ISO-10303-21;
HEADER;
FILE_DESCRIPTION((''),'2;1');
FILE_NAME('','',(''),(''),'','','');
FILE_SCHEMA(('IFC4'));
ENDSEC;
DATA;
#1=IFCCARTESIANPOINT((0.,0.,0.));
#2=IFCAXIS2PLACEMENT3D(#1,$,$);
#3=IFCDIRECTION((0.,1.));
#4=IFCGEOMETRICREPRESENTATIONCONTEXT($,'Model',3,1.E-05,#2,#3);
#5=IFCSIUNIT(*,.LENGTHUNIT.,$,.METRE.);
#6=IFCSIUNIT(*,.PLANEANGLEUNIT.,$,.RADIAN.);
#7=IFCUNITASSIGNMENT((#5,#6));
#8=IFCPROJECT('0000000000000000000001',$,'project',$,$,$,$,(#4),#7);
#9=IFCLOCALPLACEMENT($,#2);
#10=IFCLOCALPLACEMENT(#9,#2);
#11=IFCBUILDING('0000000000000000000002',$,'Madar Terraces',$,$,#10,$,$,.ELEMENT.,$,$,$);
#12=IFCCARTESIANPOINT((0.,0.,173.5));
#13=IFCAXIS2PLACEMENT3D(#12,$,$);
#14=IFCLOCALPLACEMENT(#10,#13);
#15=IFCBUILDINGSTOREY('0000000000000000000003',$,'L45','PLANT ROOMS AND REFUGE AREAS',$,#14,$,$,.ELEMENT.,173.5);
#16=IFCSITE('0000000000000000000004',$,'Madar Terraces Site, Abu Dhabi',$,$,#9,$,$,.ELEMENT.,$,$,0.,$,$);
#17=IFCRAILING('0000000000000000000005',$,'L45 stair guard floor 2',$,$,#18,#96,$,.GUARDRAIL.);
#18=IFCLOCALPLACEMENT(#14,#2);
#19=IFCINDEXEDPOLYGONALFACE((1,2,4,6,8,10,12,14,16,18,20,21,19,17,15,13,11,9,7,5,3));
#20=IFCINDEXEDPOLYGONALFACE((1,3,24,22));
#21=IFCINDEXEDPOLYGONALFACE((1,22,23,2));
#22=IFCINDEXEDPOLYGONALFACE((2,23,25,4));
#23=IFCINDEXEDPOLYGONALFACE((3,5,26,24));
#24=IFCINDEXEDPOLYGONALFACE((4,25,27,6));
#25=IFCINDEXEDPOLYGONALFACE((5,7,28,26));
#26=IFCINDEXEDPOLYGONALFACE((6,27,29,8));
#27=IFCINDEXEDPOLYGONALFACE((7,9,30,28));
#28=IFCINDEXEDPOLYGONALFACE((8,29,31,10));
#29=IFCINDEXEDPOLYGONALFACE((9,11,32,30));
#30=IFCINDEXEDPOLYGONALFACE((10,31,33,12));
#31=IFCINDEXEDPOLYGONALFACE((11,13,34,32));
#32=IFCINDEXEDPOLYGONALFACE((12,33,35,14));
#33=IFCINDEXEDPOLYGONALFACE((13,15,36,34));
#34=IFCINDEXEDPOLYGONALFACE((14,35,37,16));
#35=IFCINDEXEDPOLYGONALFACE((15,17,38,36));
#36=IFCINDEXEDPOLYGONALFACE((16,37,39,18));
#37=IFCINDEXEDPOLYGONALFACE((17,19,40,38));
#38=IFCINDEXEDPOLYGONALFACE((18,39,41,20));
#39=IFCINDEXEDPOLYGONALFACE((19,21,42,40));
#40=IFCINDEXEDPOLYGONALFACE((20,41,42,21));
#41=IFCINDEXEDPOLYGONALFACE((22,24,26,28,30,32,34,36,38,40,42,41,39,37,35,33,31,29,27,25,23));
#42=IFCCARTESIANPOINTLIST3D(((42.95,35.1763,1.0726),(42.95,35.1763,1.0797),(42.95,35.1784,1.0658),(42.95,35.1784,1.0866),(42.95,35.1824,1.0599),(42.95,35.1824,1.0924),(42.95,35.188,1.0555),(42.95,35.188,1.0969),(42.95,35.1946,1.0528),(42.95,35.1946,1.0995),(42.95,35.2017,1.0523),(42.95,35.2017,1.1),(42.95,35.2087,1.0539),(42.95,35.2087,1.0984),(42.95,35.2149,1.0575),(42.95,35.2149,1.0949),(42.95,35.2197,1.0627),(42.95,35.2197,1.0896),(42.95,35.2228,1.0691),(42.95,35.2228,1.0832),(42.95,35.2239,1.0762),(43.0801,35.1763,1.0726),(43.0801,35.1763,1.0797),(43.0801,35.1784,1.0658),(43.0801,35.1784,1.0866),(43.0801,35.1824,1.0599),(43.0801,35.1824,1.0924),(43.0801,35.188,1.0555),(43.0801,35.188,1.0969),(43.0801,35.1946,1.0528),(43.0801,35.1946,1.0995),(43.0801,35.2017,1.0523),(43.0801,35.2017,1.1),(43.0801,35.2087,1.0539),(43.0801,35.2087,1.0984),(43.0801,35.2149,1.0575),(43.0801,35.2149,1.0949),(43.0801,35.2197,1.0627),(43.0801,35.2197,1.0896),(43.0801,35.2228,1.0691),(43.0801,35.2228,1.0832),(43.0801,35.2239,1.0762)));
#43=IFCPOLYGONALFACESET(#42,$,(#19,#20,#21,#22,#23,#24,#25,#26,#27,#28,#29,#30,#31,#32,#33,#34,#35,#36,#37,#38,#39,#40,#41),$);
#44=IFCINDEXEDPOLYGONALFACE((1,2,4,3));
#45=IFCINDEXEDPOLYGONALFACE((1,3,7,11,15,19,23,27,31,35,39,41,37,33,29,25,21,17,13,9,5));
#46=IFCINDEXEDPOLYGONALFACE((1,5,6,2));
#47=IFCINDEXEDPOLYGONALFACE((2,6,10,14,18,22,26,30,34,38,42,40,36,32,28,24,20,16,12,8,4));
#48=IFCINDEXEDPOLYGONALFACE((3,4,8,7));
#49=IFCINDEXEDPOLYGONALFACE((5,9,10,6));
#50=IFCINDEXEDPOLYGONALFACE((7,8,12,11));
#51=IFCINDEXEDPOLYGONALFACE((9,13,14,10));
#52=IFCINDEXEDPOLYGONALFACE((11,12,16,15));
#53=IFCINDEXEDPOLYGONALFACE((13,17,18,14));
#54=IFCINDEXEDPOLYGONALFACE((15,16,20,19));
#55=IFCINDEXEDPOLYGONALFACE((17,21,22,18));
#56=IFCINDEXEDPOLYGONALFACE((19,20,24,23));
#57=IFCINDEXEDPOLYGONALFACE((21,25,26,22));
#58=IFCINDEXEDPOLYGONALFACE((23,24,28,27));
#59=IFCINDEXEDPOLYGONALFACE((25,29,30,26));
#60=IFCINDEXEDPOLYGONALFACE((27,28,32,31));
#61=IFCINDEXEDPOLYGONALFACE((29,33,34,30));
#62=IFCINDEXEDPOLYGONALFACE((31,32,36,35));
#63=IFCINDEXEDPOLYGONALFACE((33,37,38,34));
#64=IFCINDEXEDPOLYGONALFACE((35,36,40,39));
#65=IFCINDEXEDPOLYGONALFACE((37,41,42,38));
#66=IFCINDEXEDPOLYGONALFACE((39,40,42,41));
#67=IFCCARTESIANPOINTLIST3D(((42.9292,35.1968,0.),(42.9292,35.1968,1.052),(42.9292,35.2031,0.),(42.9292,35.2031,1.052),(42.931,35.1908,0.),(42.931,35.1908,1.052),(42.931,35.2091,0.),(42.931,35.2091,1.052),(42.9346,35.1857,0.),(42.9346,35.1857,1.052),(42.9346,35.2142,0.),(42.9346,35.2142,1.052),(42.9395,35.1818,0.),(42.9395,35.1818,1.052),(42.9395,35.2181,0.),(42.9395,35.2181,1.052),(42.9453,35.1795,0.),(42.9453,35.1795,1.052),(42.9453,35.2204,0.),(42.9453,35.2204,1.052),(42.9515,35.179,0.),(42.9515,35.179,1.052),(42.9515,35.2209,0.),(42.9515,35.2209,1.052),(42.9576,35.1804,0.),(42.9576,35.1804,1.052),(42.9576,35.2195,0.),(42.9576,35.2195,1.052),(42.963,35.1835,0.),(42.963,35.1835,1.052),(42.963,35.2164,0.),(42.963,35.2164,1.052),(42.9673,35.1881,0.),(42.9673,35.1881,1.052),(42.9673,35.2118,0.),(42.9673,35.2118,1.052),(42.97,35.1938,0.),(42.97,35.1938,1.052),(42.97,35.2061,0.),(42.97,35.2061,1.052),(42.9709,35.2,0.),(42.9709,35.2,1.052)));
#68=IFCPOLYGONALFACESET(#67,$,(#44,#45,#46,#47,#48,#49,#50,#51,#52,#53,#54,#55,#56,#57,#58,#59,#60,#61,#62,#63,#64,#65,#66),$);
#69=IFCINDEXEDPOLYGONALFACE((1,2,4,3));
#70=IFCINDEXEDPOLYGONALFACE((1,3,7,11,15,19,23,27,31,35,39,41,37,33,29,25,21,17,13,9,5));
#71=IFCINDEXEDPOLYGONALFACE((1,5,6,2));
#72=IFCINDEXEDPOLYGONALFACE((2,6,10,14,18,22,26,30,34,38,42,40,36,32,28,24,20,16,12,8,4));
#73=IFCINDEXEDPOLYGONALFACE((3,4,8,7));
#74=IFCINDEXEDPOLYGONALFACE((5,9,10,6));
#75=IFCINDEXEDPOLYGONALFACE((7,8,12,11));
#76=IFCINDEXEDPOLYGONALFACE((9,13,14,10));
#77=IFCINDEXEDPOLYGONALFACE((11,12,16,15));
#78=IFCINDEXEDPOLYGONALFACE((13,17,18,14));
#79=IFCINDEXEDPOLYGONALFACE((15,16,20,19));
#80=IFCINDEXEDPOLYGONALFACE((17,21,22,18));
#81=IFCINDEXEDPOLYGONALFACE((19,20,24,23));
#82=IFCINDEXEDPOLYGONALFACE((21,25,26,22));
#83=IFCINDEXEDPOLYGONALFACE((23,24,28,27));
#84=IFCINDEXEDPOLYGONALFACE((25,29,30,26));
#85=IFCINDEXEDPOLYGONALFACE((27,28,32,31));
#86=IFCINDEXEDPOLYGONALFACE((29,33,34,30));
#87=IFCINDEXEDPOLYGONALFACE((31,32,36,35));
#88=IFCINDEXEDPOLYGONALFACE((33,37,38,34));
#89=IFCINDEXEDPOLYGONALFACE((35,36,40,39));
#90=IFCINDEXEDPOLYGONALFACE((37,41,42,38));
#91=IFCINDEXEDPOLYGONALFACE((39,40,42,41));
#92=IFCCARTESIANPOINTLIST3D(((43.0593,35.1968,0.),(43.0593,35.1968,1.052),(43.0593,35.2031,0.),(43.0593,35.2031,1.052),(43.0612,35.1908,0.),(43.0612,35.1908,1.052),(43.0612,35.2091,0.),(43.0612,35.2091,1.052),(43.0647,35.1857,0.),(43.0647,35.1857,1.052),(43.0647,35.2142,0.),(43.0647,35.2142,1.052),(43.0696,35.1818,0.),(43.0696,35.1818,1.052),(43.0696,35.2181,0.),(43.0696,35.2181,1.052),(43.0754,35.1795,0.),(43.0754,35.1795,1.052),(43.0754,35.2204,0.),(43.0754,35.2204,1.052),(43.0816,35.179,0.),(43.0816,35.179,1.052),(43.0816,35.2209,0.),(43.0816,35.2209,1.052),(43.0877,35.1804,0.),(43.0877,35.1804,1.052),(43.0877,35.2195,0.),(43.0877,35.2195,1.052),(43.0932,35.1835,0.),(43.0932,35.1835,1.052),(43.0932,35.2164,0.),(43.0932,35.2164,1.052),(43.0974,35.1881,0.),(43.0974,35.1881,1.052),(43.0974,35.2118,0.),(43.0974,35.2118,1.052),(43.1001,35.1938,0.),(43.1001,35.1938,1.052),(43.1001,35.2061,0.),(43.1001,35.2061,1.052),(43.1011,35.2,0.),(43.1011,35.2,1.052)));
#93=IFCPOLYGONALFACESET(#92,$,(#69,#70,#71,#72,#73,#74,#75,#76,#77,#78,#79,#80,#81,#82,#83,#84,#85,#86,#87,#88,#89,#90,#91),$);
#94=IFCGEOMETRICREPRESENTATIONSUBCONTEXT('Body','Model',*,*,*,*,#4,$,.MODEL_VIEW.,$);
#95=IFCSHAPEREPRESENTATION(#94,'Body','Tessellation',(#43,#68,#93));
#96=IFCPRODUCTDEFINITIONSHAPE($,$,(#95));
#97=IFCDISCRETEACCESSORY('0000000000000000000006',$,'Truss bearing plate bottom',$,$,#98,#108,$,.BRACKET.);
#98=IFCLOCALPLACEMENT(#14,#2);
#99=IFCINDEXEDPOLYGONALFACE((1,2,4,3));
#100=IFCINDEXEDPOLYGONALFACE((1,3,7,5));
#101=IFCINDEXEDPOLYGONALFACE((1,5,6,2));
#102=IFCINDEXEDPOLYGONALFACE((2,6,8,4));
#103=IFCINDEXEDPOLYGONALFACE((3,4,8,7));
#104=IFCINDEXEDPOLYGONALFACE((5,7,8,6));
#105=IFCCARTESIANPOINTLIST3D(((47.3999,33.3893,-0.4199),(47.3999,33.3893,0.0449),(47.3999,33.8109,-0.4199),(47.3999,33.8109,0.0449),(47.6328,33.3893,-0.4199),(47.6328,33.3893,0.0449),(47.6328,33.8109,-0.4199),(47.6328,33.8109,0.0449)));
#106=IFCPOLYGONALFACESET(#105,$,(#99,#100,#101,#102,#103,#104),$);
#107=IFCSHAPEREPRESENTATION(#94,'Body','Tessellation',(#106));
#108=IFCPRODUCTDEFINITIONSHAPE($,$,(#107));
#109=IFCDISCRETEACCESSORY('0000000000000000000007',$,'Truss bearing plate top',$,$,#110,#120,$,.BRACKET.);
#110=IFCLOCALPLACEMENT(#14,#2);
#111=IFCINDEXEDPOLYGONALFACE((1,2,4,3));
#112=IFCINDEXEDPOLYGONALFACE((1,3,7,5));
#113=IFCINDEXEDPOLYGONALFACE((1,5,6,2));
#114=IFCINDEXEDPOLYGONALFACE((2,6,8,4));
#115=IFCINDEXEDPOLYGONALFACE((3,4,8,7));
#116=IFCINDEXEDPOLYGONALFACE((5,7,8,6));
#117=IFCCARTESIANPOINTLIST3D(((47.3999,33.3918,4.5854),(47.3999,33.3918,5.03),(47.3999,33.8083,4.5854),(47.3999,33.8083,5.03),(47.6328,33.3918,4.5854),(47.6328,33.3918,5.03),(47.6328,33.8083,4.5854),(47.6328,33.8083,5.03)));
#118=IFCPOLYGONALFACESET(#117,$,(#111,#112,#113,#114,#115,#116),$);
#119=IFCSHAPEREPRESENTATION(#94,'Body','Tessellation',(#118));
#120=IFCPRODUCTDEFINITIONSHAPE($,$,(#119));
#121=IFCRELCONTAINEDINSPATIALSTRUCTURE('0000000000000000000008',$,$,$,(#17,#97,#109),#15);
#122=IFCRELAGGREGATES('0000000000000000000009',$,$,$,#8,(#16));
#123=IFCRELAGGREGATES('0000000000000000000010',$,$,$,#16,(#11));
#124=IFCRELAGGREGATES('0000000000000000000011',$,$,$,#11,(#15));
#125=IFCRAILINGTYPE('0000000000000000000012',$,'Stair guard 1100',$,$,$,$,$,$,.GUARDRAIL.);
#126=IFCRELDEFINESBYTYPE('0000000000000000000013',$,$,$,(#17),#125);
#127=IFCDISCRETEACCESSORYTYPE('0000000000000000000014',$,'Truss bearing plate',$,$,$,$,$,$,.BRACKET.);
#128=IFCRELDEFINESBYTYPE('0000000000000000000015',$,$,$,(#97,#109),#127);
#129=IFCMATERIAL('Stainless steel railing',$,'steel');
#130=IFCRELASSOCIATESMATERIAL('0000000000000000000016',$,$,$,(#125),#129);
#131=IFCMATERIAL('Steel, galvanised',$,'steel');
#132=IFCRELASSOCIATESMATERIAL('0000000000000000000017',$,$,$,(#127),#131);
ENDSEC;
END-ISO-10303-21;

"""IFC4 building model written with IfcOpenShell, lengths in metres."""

from ifc_helpers import new_model, si_unit, direction, frame, origin, origin_2d, place, context, subcontext, project, spatial, rectangle, circle, extrude, material, type_object, element, save


model = new_model("IFC4")

# Units and contexts
model_context = context("Model", 3, precision=1e-05, world=origin(), true_north=direction((0.0, 1.0)))
body_context = subcontext(model_context, "Body", "Model", "MODEL_VIEW")
ifc_project = project(units=[si_unit("LENGTHUNIT", "METRE"), si_unit("PLANEANGLEUNIT", "RADIAN")], contexts=[model_context])

# Site, building, storey
site_placement = place(None, origin())
site = spatial("IfcSite", under=ifc_project, at=site_placement, Name="Madar Terraces Site, Abu Dhabi", CompositionType="ELEMENT", RefElevation=0.0)
building_placement = place(site_placement, origin())
building = spatial("IfcBuilding", under=site, at=building_placement, Name="Madar Terraces", CompositionType="ELEMENT")
storey_placement = place(building_placement, frame((0.0, 0.0, 173.5)))
storey = spatial("IfcBuildingStorey", under=building, at=storey_placement, Name="L45", Description="PLANT ROOMS AND REFUGE AREAS", CompositionType="ELEMENT", Elevation=173.5)

# Railing
ifc_material_1 = material(Name="Stainless steel railing", Category="steel")
railing_type_1 = type_object("IfcRailingType", Name="Stair guard 1100", PredefinedType="GUARDRAIL", material=ifc_material_1)
for number, where, name in (
    (1, (42.95, 35.2, 0.0), "L45 stair guard floor 2"),
):
    element("IfcRailing", number, at=place(storey_placement, frame(where)), inside=storey, type_object=railing_type_1, Name=name, PredefinedType="GUARDRAIL", context=body_context, shape_type="SweptSolid", body=[
        extrude(circle(Radius=0.0239, at=origin_2d()), frame((0.0, 0.0, 1.0762), z_axis=(1.0, 0.0, 0.0), x_axis=(0.0, 1.0, 0.0)), (0.0, 0.0, 1.0), 0.1301),
        extrude(circle(Radius=0.021, at=origin_2d()), origin(), (0.0, 0.0, 1.0), 1.052),
        extrude(circle(Radius=0.021, at=origin_2d()), frame((0.1301, 0.0, 0.0)), (0.0, 0.0, 1.0), 1.052),
    ])

# Discrete accessories
ifc_material_2 = material(Name="Steel, galvanised", Category="steel")
discrete_accessory_type = type_object("IfcDiscreteAccessoryType", Name="Truss bearing plate", PredefinedType="BRACKET", material=ifc_material_2)
discrete_accessory_1_placement = place(storey_placement, frame((47.5164, 33.6001, -0.4199), z_axis=(0.0, 0.0, 1.0), x_axis=(1.0, 0.0, 0.0)))
element("IfcDiscreteAccessory", 2, at=discrete_accessory_1_placement, inside=storey, type_object=discrete_accessory_type, Name="Truss bearing plate bottom", PredefinedType="BRACKET", context=body_context, shape_type="SweptSolid", body=[
    extrude(rectangle(XDim=0.2329, YDim=0.4216, at=origin_2d()), origin(), (0.0, 0.0, 1.0), 0.4648),
])
discrete_accessory_2_placement = place(storey_placement, frame((47.5164, 33.6001, 4.5854), z_axis=(0.0, 0.0, 1.0), x_axis=(1.0, 0.0, 0.0)))
element("IfcDiscreteAccessory", 3, at=discrete_accessory_2_placement, inside=storey, type_object=discrete_accessory_type, Name="Truss bearing plate top", PredefinedType="BRACKET", context=body_context, shape_type="SweptSolid", body=[
    extrude(rectangle(XDim=0.2329, YDim=0.4165, at=origin_2d()), origin(), (0.0, 0.0, 1.0), 0.4446),
])

save(model, "model.ifc")
